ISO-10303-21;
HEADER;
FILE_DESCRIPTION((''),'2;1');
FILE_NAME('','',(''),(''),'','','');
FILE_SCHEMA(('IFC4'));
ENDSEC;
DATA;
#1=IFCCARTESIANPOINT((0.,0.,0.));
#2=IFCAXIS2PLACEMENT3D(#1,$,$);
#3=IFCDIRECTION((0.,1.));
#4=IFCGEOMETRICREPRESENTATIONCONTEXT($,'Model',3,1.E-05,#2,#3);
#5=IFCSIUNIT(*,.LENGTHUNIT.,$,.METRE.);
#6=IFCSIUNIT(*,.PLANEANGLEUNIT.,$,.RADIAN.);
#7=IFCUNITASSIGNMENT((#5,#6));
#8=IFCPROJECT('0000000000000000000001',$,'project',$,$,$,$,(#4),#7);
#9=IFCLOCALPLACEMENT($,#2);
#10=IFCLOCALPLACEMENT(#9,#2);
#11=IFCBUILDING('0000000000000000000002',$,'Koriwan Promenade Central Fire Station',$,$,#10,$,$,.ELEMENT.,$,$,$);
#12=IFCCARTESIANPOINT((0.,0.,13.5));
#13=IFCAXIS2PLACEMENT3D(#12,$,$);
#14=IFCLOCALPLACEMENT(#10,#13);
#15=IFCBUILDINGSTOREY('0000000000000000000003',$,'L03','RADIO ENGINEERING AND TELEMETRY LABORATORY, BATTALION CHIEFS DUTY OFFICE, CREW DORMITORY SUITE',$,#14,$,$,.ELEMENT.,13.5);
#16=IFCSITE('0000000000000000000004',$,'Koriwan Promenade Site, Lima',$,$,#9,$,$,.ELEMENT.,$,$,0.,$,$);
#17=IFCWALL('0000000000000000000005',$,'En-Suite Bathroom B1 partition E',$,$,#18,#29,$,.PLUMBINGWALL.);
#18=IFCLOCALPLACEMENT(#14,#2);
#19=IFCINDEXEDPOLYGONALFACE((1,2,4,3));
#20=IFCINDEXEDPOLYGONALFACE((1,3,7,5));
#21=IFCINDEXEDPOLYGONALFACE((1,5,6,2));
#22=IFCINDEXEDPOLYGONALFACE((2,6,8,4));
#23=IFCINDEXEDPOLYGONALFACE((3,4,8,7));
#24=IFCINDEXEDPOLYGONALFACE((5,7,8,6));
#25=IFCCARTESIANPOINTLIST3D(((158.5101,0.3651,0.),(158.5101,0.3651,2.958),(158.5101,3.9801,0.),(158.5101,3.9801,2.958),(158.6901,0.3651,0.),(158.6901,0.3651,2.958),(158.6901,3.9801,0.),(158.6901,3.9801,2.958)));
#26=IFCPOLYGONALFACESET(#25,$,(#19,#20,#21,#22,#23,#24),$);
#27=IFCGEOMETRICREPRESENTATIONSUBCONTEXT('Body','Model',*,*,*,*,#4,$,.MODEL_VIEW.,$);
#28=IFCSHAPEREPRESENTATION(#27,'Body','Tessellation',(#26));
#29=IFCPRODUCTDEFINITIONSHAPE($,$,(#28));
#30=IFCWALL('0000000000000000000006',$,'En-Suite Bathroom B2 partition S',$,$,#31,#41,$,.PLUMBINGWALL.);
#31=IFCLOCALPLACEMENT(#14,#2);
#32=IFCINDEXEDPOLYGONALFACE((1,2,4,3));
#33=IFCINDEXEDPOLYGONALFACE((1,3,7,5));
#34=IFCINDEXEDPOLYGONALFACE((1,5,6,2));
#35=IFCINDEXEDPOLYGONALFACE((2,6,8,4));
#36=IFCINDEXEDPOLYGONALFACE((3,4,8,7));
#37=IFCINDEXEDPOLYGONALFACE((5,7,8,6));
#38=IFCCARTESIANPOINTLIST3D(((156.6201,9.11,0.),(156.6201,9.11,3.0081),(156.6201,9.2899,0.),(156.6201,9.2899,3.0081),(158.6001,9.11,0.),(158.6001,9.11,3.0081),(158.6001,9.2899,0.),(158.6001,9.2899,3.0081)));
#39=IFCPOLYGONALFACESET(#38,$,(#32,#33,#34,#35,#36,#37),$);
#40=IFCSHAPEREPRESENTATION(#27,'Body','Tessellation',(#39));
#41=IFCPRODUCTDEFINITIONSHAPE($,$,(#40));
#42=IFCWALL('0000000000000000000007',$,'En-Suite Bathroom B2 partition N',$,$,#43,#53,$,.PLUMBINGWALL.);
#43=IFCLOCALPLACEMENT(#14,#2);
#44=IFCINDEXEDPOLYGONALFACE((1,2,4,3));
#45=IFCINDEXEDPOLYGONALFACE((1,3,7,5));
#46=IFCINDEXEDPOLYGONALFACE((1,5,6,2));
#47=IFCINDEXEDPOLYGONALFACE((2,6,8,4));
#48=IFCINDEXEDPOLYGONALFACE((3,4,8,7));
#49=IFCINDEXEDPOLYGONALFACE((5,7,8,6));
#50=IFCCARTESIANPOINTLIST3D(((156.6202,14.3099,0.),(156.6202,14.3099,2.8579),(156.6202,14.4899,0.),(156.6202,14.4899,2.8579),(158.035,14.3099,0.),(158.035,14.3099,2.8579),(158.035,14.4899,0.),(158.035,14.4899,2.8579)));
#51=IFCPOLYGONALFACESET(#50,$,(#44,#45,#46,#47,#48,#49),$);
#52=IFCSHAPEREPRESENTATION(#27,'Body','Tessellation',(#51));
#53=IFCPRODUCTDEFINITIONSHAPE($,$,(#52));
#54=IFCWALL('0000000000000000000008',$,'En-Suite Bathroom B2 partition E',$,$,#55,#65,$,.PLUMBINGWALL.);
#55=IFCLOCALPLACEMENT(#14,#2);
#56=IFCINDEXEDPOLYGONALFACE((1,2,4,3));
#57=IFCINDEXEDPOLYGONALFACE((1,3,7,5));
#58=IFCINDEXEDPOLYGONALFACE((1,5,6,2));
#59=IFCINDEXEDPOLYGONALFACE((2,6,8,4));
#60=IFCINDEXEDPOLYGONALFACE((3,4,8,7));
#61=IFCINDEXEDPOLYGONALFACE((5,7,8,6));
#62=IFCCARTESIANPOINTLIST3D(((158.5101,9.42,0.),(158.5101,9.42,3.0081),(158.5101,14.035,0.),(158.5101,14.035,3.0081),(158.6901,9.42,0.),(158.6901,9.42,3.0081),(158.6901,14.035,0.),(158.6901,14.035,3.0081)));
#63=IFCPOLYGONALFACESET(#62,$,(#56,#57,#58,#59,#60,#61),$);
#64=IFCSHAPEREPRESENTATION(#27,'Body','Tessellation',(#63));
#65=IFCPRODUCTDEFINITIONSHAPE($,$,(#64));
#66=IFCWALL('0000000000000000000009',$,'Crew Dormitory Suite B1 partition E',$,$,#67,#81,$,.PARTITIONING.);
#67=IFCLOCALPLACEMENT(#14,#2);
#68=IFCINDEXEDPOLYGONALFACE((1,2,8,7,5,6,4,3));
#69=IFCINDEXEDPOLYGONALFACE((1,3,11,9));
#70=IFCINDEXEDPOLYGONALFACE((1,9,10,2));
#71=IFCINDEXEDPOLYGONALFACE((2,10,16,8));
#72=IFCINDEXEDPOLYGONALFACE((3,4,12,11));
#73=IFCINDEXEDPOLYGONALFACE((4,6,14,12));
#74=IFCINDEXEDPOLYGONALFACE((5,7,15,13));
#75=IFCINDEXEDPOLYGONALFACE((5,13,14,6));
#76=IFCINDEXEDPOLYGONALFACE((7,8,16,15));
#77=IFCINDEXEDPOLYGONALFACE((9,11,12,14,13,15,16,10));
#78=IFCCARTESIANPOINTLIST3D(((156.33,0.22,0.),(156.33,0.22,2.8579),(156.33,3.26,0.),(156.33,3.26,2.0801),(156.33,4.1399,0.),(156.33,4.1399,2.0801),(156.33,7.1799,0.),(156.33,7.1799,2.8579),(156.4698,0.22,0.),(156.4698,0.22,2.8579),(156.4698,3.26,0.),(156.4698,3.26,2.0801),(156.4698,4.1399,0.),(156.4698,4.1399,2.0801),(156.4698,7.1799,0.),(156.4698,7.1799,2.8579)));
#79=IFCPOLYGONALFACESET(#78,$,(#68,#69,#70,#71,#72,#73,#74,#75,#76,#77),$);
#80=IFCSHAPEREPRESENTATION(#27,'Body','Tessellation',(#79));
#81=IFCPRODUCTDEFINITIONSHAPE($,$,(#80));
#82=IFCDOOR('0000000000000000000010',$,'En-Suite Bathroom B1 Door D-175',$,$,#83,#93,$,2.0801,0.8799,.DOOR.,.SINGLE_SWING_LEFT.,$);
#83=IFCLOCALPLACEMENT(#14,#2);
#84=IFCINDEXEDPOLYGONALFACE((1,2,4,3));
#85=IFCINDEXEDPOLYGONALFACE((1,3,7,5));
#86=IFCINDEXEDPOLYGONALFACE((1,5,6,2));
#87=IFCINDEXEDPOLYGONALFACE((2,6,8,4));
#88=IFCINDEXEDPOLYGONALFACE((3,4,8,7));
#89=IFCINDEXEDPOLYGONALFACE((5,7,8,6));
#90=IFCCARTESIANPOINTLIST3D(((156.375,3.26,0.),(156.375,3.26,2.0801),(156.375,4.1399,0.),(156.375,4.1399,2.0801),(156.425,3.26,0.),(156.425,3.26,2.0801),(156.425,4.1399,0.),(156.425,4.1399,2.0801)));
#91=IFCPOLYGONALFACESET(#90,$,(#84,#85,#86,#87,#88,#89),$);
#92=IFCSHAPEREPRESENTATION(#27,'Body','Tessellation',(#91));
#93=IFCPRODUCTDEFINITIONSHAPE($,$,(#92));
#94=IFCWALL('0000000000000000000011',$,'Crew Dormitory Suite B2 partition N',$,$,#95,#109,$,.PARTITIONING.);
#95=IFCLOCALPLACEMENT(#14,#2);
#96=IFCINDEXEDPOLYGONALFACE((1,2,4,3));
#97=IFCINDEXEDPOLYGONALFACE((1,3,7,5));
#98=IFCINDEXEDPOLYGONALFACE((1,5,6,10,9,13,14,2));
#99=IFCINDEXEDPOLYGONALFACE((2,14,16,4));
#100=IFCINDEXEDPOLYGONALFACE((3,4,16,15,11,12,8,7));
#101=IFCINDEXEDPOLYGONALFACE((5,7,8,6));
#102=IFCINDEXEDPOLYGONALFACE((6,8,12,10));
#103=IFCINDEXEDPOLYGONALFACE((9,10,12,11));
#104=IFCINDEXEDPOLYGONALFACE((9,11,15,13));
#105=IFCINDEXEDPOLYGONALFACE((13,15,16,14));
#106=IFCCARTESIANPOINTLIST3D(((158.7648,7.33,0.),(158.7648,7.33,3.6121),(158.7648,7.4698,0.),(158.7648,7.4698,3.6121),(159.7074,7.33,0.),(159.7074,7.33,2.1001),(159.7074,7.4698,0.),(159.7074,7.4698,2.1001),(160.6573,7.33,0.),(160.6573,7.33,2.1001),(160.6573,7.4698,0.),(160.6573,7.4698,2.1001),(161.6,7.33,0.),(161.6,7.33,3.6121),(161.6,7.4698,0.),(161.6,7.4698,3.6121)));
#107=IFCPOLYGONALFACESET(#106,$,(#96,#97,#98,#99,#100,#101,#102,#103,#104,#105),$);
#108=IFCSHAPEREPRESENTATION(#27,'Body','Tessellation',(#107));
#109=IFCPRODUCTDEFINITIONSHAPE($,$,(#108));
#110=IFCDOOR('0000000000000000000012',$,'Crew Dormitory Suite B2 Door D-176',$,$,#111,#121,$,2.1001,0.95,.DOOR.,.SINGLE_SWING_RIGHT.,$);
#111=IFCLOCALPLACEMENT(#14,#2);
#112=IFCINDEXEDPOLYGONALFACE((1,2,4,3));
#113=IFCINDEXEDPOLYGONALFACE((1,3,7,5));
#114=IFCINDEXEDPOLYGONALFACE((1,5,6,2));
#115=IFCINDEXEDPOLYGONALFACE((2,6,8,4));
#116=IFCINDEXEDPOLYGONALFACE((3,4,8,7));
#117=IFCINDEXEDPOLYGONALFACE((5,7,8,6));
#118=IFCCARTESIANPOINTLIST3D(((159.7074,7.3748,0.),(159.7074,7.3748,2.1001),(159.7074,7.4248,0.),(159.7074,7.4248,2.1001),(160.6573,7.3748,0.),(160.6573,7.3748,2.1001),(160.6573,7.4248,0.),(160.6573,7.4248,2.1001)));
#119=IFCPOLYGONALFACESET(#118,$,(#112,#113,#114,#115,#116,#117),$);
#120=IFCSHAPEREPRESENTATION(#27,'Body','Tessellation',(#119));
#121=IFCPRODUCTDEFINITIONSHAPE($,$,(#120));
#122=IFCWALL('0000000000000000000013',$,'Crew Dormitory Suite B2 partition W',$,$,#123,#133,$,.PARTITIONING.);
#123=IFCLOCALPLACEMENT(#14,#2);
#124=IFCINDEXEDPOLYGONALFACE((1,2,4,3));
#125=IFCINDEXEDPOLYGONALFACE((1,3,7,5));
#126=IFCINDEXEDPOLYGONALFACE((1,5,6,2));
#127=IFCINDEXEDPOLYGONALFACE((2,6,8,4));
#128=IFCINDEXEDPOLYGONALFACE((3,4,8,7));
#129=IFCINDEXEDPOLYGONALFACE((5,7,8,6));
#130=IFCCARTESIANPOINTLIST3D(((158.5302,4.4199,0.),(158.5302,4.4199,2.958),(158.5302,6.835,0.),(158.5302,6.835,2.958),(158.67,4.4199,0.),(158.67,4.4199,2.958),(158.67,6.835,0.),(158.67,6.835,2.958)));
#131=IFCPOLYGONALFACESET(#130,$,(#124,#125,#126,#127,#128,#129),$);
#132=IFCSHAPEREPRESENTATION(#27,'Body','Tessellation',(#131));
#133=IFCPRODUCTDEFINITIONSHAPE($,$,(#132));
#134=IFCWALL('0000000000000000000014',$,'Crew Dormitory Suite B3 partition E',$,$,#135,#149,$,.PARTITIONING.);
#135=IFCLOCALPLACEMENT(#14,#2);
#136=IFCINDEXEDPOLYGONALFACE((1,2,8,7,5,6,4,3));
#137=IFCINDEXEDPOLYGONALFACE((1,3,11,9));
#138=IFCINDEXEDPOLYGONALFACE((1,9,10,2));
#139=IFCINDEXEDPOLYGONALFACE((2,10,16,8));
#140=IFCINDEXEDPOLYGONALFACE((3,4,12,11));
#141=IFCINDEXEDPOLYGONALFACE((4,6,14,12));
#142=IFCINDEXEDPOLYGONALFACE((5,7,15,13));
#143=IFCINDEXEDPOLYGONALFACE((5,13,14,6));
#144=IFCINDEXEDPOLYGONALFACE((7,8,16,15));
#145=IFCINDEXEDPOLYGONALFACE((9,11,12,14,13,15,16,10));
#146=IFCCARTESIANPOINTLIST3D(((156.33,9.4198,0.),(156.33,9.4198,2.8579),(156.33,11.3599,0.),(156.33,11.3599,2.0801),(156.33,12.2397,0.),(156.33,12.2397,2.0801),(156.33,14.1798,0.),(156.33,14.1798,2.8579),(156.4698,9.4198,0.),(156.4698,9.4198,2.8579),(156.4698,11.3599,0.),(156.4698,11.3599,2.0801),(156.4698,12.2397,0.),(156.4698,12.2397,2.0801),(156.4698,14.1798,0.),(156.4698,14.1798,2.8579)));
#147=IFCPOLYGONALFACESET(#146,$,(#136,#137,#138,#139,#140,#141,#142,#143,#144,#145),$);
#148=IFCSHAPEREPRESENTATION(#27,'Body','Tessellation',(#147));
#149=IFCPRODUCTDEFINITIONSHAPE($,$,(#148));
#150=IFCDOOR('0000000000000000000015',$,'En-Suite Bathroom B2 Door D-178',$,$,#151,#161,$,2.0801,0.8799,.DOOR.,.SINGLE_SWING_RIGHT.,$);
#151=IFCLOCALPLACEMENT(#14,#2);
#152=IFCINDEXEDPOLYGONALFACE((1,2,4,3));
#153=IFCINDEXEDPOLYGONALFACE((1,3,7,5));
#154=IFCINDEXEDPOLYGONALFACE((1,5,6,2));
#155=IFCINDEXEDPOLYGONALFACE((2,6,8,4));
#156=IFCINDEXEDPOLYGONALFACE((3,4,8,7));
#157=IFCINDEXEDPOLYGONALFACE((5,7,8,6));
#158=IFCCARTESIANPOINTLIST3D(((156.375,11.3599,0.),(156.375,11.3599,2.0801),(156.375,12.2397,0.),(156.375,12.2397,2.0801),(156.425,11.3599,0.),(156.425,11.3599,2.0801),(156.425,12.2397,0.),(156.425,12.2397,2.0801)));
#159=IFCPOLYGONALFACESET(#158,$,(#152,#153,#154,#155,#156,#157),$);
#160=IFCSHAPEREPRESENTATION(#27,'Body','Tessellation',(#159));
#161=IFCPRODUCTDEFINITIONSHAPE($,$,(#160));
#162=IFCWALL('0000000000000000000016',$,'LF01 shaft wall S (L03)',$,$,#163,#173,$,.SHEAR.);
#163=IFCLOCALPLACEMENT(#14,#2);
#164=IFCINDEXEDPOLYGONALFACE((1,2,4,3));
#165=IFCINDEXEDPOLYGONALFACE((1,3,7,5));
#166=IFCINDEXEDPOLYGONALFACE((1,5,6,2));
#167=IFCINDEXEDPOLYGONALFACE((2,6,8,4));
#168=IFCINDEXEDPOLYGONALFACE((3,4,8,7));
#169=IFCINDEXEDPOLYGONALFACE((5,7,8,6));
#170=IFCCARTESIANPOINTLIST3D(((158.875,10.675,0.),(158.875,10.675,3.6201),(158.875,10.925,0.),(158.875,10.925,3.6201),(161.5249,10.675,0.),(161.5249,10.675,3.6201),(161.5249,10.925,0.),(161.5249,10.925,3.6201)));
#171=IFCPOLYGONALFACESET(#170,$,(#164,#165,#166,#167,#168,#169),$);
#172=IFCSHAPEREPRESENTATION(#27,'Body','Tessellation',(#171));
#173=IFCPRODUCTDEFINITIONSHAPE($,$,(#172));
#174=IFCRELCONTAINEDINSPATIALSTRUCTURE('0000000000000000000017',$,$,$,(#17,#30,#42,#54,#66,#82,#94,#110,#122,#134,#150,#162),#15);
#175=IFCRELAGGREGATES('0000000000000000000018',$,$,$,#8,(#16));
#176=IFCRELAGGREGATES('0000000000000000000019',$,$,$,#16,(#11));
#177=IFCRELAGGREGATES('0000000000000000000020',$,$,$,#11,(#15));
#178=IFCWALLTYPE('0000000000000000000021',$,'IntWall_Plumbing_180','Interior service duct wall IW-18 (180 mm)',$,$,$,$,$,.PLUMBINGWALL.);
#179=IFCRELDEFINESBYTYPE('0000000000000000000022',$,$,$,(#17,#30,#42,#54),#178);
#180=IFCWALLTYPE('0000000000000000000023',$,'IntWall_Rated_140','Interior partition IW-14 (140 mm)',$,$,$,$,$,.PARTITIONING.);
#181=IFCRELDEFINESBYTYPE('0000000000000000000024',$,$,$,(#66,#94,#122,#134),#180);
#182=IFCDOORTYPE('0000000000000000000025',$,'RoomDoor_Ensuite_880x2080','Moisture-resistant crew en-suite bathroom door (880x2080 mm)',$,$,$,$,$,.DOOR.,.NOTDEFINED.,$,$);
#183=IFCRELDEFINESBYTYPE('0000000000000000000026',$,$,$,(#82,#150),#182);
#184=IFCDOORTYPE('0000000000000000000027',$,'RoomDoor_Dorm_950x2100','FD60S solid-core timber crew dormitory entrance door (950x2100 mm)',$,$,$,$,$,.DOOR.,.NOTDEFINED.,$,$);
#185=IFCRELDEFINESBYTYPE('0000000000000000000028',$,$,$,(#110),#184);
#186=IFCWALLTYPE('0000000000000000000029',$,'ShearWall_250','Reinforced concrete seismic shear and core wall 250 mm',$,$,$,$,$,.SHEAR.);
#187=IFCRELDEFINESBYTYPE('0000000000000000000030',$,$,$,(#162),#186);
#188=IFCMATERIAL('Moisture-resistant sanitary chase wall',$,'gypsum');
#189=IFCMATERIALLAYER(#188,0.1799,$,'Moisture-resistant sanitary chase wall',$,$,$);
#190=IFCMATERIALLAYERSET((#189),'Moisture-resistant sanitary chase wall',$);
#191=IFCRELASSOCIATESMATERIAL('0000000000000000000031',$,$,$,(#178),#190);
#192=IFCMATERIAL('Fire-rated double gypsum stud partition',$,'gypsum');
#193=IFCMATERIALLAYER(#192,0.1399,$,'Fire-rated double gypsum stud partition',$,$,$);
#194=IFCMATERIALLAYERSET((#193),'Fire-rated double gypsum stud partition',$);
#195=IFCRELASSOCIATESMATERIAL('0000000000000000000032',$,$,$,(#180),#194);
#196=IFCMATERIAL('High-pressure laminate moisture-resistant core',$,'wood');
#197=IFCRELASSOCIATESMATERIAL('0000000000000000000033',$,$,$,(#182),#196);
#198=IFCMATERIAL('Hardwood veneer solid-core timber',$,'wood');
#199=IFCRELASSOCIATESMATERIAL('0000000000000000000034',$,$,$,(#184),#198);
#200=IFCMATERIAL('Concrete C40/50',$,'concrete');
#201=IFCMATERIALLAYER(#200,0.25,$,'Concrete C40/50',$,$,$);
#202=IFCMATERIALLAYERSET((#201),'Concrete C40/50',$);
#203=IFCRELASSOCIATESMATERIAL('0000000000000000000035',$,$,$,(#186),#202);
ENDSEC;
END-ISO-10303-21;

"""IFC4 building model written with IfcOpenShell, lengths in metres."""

from ifc_helpers import new_model, si_unit, direction, frame, frame_2d, origin, place, context, subcontext, project, spatial, rectangle, extrude, material, layer, layer_set, type_object, element, fill, save


model = new_model("IFC4")

# Units and contexts
model_context = context("Model", 3, precision=1e-05, world=origin(), true_north=direction((0.0, 1.0)))
body_context = subcontext(model_context, "Body", "Model", "MODEL_VIEW")
ifc_project = project(units=[si_unit("LENGTHUNIT", "METRE"), si_unit("PLANEANGLEUNIT", "RADIAN")], contexts=[model_context])

# Site, building, storey
site_placement = place(None, origin())
site = spatial("IfcSite", under=ifc_project, at=site_placement, Name="Koriwan Promenade Site, Lima", CompositionType="ELEMENT", RefElevation=0.0)
building_placement = place(site_placement, origin())
building = spatial("IfcBuilding", under=site, at=building_placement, Name="Koriwan Promenade Central Fire Station", CompositionType="ELEMENT")
storey_placement = place(building_placement, frame((0.0, 0.0, 13.5)))
storey = spatial("IfcBuildingStorey", under=building, at=storey_placement, Name="L03", Description="RADIO ENGINEERING AND TELEMETRY LABORATORY, BATTALION CHIEFS DUTY OFFICE, CREW DORMITORY SUITE", CompositionType="ELEMENT", Elevation=13.5)

# Shared definitions
ifc_material_1 = material(Name="Concrete C40/50", Category="concrete")

# Walls
ifc_material_2 = material(Name="Moisture-resistant sanitary chase wall", Category="gypsum")
ifc_layer_1 = layer(ifc_material_2, 0.1799, Name="Moisture-resistant sanitary chase wall")
ifc_layer_set_1 = layer_set([ifc_layer_1], Name="Moisture-resistant sanitary chase wall")
wall_type_1 = type_object("IfcWallType", Name="IntWall_Plumbing_180", Description="Interior service duct wall IW-18 (180 mm)", PredefinedType="PLUMBINGWALL", material=ifc_layer_set_1)
wall_1_placement = place(storey_placement, frame((158.6001, 0.365, 0.0), z_axis=(0.0, 0.0, 1.0), x_axis=(0.0, 1.0, 0.0)))
element("IfcWall", 1, at=wall_1_placement, inside=storey, type_object=wall_type_1, Name="En-Suite Bathroom B1 partition E", PredefinedType="PLUMBINGWALL", context=body_context, shape_type="SweptSolid", body=[
    extrude(rectangle(XDim=3.615, YDim=0.1799, at=frame_2d((1.8076, 0.0))), origin(), (0.0, 0.0, 1.0), 2.958),
])
wall_2_placement = place(storey_placement, frame((156.6201, 9.2, 0.0), z_axis=(0.0, 0.0, 1.0), x_axis=(1.0, 0.0, 0.0)))
element("IfcWall", 2, at=wall_2_placement, inside=storey, type_object=wall_type_1, Name="En-Suite Bathroom B2 partition S", PredefinedType="PLUMBINGWALL", context=body_context, shape_type="SweptSolid", body=[
    extrude(rectangle(XDim=1.98, YDim=0.1799, at=frame_2d((0.99, 0.0))), origin(), (0.0, 0.0, 1.0), 3.0081),
])
wall_3_placement = place(storey_placement, frame((156.6201, 14.3999, 0.0), z_axis=(0.0, 0.0, 1.0), x_axis=(1.0, 0.0, 0.0)))
element("IfcWall", 3, at=wall_3_placement, inside=storey, type_object=wall_type_1, Name="En-Suite Bathroom B2 partition N", PredefinedType="PLUMBINGWALL", context=body_context, shape_type="SweptSolid", body=[
    extrude(rectangle(XDim=1.4148, YDim=0.1799, at=frame_2d((0.7075, 0.0))), origin(), (0.0, 0.0, 1.0), 2.8579),
])
wall_4_placement = place(storey_placement, frame((158.6001, 9.4199, 0.0), z_axis=(0.0, 0.0, 1.0), x_axis=(0.0, 1.0, 0.0)))
element("IfcWall", 4, at=wall_4_placement, inside=storey, type_object=wall_type_1, Name="En-Suite Bathroom B2 partition E", PredefinedType="PLUMBINGWALL", context=body_context, shape_type="SweptSolid", body=[
    extrude(rectangle(XDim=4.615, YDim=0.1799, at=frame_2d((2.3076, 0.0))), origin(), (0.0, 0.0, 1.0), 3.0081),
])

# Walls, openings, doors
ifc_material_3 = material(Name="Fire-rated double gypsum stud partition", Category="gypsum")
ifc_layer_2 = layer(ifc_material_3, 0.1399, Name="Fire-rated double gypsum stud partition")
ifc_layer_set_2 = layer_set([ifc_layer_2], Name="Fire-rated double gypsum stud partition")
wall_type_2 = type_object("IfcWallType", Name="IntWall_Rated_140", Description="Interior partition IW-14 (140 mm)", PredefinedType="PARTITIONING", material=ifc_layer_set_2)
wall_5_placement = place(storey_placement, frame((156.3999, 0.22, 0.0), z_axis=(0.0, 0.0, 1.0), x_axis=(0.0, 1.0, 0.0)))
wall_5 = element("IfcWall", 5, at=wall_5_placement, inside=storey, type_object=wall_type_2, Name="Crew Dormitory Suite B1 partition E", PredefinedType="PARTITIONING", context=body_context, shape_type="SweptSolid", body=[
    extrude(rectangle(XDim=6.96, YDim=0.1399, at=frame_2d((3.48, 0.0))), origin(), (0.0, 0.0, 1.0), 2.8579),
])
opening_1_placement = place(wall_5_placement, frame((3.04, 0.0, 0.0)))
opening_1 = element("IfcOpeningElement", 6, at=opening_1_placement, cuts=wall_5, PredefinedType="OPENING", context=body_context, shape_type="SweptSolid", body=[
    extrude(rectangle(XDim=0.8799, YDim=2.0801, at=frame_2d((0.4399, 1.04))), frame((0.0, 0.082, 0.0), z_axis=(0.0, -1.0, 0.0), x_axis=(1.0, 0.0, 0.0)), (0.0, 0.0, 1.0), 0.1638),
])
ifc_material_4 = material(Name="High-pressure laminate moisture-resistant core", Category="wood")
door_type_1 = type_object("IfcDoorType", Name="RoomDoor_Ensuite_880x2080", Description="Moisture-resistant crew en-suite bathroom door (880x2080 mm)", OperationType="NOTDEFINED", PredefinedType="DOOR", material=ifc_material_4)
door_1_placement = place(opening_1_placement, origin())
door_1 = element("IfcDoor", 7, at=door_1_placement, inside=storey, type_object=door_type_1, Name="En-Suite Bathroom B1 Door D-175", OperationType="SINGLE_SWING_LEFT", OverallHeight=2.0801, OverallWidth=0.8799, PredefinedType="DOOR", context=body_context, shape_type="SweptSolid", body=[
    extrude(rectangle(XDim=0.8799, YDim=2.0801, at=frame_2d((0.4399, 1.04))), frame((0.0, 0.0249, 0.0), z_axis=(0.0, -1.0, 0.0), x_axis=(1.0, 0.0, 0.0)), (0.0, 0.0, 1.0), 0.05),
])
fill(opening_1, door_1)
wall_6_placement = place(storey_placement, frame((158.7649, 7.3999, 0.0), z_axis=(0.0, 0.0, 1.0), x_axis=(1.0, 0.0, 0.0)))
wall_6 = element("IfcWall", 8, at=wall_6_placement, inside=storey, type_object=wall_type_2, Name="Crew Dormitory Suite B2 partition N", PredefinedType="PARTITIONING", context=body_context, shape_type="SweptSolid", body=[
    extrude(rectangle(XDim=2.8352, YDim=0.1399, at=frame_2d((1.4175, 0.0))), origin(), (0.0, 0.0, 1.0), 3.6121),
])
opening_2_placement = place(wall_6_placement, frame((0.9424, 0.0, 0.0)))
opening_2 = element("IfcOpeningElement", 9, at=opening_2_placement, cuts=wall_6, PredefinedType="OPENING", context=body_context, shape_type="SweptSolid", body=[
    extrude(rectangle(XDim=0.95, YDim=2.1001, at=frame_2d((0.4751, 1.05))), frame((0.0, 0.082, 0.0), z_axis=(0.0, -1.0, 0.0), x_axis=(1.0, 0.0, 0.0)), (0.0, 0.0, 1.0), 0.1638),
])
ifc_material_5 = material(Name="Hardwood veneer solid-core timber", Category="wood")
door_type_2 = type_object("IfcDoorType", Name="RoomDoor_Dorm_950x2100", Description="FD60S solid-core timber crew dormitory entrance door (950x2100 mm)", OperationType="NOTDEFINED", PredefinedType="DOOR", material=ifc_material_5)
door_2_placement = place(opening_2_placement, origin())
door_2 = element("IfcDoor", 10, at=door_2_placement, inside=storey, type_object=door_type_2, Name="Crew Dormitory Suite B2 Door D-176", OperationType="SINGLE_SWING_RIGHT", OverallHeight=2.1001, OverallWidth=0.95, PredefinedType="DOOR", context=body_context, shape_type="SweptSolid", body=[
    extrude(rectangle(XDim=0.95, YDim=2.1001, at=frame_2d((0.4751, 1.05))), frame((0.0, 0.0249, 0.0), z_axis=(0.0, -1.0, 0.0), x_axis=(1.0, 0.0, 0.0)), (0.0, 0.0, 1.0), 0.05),
])
fill(opening_2, door_2)

# Wall
wall_7_placement = place(storey_placement, frame((158.6001, 4.4199, 0.0), z_axis=(0.0, 0.0, 1.0), x_axis=(0.0, 1.0, 0.0)))
element("IfcWall", 11, at=wall_7_placement, inside=storey, type_object=wall_type_2, Name="Crew Dormitory Suite B2 partition W", PredefinedType="PARTITIONING", context=body_context, shape_type="SweptSolid", body=[
    extrude(rectangle(XDim=2.415, YDim=0.1399, at=frame_2d((1.2075, 0.0))), origin(), (0.0, 0.0, 1.0), 2.958),
])

# Wall, opening, door
wall_8_placement = place(storey_placement, frame((156.3999, 9.4199, 0.0), z_axis=(0.0, 0.0, 1.0), x_axis=(0.0, 1.0, 0.0)))
wall_8 = element("IfcWall", 12, at=wall_8_placement, inside=storey, type_object=wall_type_2, Name="Crew Dormitory Suite B3 partition E", PredefinedType="PARTITIONING", context=body_context, shape_type="SweptSolid", body=[
    extrude(rectangle(XDim=4.76, YDim=0.1399, at=frame_2d((2.3799, 0.0))), origin(), (0.0, 0.0, 1.0), 2.8579),
])
opening_3_placement = place(wall_8_placement, frame((1.9399, 0.0, 0.0)))
opening_3 = element("IfcOpeningElement", 13, at=opening_3_placement, cuts=wall_8, PredefinedType="OPENING", context=body_context, shape_type="SweptSolid", body=[
    extrude(rectangle(XDim=0.8799, YDim=2.0801, at=frame_2d((0.4399, 1.04))), frame((0.0, 0.082, 0.0), z_axis=(0.0, -1.0, 0.0), x_axis=(1.0, 0.0, 0.0)), (0.0, 0.0, 1.0), 0.1638),
])
door_3_placement = place(opening_3_placement, origin())
door_3 = element("IfcDoor", 14, at=door_3_placement, inside=storey, type_object=door_type_1, Name="En-Suite Bathroom B2 Door D-178", OperationType="SINGLE_SWING_RIGHT", OverallHeight=2.0801, OverallWidth=0.8799, PredefinedType="DOOR", context=body_context, shape_type="SweptSolid", body=[
    extrude(rectangle(XDim=0.8799, YDim=2.0801, at=frame_2d((0.4399, 1.04))), frame((0.0, 0.0249, 0.0), z_axis=(0.0, -1.0, 0.0), x_axis=(1.0, 0.0, 0.0)), (0.0, 0.0, 1.0), 0.05),
])
fill(opening_3, door_3)

# Wall
ifc_layer_3 = layer(ifc_material_1, 0.25, Name="Concrete C40/50")
ifc_layer_set_3 = layer_set([ifc_layer_3], Name="Concrete C40/50")
wall_type_3 = type_object("IfcWallType", Name="ShearWall_250", Description="Reinforced concrete seismic shear and core wall 250 mm", PredefinedType="SHEAR", material=ifc_layer_set_3)
for number, where, z_axis, x_axis, name in (
    (15, (158.875, 10.8, 0.0), (0.0, 0.0, 1.0), (1.0, 0.0, 0.0), "LF01 shaft wall S (L03)"),
):
    element("IfcWall", number, at=place(storey_placement, frame(where, z_axis=z_axis, x_axis=x_axis)), inside=storey, type_object=wall_type_3, Name=name, PredefinedType="SHEAR", context=body_context, shape_type="SweptSolid", body=[
        extrude(rectangle(XDim=2.6499, YDim=0.25, at=frame_2d((1.325, 0.0))), origin(), (0.0, 0.0, 1.0), 3.6201),
    ])

save(model, "model.ifc")
